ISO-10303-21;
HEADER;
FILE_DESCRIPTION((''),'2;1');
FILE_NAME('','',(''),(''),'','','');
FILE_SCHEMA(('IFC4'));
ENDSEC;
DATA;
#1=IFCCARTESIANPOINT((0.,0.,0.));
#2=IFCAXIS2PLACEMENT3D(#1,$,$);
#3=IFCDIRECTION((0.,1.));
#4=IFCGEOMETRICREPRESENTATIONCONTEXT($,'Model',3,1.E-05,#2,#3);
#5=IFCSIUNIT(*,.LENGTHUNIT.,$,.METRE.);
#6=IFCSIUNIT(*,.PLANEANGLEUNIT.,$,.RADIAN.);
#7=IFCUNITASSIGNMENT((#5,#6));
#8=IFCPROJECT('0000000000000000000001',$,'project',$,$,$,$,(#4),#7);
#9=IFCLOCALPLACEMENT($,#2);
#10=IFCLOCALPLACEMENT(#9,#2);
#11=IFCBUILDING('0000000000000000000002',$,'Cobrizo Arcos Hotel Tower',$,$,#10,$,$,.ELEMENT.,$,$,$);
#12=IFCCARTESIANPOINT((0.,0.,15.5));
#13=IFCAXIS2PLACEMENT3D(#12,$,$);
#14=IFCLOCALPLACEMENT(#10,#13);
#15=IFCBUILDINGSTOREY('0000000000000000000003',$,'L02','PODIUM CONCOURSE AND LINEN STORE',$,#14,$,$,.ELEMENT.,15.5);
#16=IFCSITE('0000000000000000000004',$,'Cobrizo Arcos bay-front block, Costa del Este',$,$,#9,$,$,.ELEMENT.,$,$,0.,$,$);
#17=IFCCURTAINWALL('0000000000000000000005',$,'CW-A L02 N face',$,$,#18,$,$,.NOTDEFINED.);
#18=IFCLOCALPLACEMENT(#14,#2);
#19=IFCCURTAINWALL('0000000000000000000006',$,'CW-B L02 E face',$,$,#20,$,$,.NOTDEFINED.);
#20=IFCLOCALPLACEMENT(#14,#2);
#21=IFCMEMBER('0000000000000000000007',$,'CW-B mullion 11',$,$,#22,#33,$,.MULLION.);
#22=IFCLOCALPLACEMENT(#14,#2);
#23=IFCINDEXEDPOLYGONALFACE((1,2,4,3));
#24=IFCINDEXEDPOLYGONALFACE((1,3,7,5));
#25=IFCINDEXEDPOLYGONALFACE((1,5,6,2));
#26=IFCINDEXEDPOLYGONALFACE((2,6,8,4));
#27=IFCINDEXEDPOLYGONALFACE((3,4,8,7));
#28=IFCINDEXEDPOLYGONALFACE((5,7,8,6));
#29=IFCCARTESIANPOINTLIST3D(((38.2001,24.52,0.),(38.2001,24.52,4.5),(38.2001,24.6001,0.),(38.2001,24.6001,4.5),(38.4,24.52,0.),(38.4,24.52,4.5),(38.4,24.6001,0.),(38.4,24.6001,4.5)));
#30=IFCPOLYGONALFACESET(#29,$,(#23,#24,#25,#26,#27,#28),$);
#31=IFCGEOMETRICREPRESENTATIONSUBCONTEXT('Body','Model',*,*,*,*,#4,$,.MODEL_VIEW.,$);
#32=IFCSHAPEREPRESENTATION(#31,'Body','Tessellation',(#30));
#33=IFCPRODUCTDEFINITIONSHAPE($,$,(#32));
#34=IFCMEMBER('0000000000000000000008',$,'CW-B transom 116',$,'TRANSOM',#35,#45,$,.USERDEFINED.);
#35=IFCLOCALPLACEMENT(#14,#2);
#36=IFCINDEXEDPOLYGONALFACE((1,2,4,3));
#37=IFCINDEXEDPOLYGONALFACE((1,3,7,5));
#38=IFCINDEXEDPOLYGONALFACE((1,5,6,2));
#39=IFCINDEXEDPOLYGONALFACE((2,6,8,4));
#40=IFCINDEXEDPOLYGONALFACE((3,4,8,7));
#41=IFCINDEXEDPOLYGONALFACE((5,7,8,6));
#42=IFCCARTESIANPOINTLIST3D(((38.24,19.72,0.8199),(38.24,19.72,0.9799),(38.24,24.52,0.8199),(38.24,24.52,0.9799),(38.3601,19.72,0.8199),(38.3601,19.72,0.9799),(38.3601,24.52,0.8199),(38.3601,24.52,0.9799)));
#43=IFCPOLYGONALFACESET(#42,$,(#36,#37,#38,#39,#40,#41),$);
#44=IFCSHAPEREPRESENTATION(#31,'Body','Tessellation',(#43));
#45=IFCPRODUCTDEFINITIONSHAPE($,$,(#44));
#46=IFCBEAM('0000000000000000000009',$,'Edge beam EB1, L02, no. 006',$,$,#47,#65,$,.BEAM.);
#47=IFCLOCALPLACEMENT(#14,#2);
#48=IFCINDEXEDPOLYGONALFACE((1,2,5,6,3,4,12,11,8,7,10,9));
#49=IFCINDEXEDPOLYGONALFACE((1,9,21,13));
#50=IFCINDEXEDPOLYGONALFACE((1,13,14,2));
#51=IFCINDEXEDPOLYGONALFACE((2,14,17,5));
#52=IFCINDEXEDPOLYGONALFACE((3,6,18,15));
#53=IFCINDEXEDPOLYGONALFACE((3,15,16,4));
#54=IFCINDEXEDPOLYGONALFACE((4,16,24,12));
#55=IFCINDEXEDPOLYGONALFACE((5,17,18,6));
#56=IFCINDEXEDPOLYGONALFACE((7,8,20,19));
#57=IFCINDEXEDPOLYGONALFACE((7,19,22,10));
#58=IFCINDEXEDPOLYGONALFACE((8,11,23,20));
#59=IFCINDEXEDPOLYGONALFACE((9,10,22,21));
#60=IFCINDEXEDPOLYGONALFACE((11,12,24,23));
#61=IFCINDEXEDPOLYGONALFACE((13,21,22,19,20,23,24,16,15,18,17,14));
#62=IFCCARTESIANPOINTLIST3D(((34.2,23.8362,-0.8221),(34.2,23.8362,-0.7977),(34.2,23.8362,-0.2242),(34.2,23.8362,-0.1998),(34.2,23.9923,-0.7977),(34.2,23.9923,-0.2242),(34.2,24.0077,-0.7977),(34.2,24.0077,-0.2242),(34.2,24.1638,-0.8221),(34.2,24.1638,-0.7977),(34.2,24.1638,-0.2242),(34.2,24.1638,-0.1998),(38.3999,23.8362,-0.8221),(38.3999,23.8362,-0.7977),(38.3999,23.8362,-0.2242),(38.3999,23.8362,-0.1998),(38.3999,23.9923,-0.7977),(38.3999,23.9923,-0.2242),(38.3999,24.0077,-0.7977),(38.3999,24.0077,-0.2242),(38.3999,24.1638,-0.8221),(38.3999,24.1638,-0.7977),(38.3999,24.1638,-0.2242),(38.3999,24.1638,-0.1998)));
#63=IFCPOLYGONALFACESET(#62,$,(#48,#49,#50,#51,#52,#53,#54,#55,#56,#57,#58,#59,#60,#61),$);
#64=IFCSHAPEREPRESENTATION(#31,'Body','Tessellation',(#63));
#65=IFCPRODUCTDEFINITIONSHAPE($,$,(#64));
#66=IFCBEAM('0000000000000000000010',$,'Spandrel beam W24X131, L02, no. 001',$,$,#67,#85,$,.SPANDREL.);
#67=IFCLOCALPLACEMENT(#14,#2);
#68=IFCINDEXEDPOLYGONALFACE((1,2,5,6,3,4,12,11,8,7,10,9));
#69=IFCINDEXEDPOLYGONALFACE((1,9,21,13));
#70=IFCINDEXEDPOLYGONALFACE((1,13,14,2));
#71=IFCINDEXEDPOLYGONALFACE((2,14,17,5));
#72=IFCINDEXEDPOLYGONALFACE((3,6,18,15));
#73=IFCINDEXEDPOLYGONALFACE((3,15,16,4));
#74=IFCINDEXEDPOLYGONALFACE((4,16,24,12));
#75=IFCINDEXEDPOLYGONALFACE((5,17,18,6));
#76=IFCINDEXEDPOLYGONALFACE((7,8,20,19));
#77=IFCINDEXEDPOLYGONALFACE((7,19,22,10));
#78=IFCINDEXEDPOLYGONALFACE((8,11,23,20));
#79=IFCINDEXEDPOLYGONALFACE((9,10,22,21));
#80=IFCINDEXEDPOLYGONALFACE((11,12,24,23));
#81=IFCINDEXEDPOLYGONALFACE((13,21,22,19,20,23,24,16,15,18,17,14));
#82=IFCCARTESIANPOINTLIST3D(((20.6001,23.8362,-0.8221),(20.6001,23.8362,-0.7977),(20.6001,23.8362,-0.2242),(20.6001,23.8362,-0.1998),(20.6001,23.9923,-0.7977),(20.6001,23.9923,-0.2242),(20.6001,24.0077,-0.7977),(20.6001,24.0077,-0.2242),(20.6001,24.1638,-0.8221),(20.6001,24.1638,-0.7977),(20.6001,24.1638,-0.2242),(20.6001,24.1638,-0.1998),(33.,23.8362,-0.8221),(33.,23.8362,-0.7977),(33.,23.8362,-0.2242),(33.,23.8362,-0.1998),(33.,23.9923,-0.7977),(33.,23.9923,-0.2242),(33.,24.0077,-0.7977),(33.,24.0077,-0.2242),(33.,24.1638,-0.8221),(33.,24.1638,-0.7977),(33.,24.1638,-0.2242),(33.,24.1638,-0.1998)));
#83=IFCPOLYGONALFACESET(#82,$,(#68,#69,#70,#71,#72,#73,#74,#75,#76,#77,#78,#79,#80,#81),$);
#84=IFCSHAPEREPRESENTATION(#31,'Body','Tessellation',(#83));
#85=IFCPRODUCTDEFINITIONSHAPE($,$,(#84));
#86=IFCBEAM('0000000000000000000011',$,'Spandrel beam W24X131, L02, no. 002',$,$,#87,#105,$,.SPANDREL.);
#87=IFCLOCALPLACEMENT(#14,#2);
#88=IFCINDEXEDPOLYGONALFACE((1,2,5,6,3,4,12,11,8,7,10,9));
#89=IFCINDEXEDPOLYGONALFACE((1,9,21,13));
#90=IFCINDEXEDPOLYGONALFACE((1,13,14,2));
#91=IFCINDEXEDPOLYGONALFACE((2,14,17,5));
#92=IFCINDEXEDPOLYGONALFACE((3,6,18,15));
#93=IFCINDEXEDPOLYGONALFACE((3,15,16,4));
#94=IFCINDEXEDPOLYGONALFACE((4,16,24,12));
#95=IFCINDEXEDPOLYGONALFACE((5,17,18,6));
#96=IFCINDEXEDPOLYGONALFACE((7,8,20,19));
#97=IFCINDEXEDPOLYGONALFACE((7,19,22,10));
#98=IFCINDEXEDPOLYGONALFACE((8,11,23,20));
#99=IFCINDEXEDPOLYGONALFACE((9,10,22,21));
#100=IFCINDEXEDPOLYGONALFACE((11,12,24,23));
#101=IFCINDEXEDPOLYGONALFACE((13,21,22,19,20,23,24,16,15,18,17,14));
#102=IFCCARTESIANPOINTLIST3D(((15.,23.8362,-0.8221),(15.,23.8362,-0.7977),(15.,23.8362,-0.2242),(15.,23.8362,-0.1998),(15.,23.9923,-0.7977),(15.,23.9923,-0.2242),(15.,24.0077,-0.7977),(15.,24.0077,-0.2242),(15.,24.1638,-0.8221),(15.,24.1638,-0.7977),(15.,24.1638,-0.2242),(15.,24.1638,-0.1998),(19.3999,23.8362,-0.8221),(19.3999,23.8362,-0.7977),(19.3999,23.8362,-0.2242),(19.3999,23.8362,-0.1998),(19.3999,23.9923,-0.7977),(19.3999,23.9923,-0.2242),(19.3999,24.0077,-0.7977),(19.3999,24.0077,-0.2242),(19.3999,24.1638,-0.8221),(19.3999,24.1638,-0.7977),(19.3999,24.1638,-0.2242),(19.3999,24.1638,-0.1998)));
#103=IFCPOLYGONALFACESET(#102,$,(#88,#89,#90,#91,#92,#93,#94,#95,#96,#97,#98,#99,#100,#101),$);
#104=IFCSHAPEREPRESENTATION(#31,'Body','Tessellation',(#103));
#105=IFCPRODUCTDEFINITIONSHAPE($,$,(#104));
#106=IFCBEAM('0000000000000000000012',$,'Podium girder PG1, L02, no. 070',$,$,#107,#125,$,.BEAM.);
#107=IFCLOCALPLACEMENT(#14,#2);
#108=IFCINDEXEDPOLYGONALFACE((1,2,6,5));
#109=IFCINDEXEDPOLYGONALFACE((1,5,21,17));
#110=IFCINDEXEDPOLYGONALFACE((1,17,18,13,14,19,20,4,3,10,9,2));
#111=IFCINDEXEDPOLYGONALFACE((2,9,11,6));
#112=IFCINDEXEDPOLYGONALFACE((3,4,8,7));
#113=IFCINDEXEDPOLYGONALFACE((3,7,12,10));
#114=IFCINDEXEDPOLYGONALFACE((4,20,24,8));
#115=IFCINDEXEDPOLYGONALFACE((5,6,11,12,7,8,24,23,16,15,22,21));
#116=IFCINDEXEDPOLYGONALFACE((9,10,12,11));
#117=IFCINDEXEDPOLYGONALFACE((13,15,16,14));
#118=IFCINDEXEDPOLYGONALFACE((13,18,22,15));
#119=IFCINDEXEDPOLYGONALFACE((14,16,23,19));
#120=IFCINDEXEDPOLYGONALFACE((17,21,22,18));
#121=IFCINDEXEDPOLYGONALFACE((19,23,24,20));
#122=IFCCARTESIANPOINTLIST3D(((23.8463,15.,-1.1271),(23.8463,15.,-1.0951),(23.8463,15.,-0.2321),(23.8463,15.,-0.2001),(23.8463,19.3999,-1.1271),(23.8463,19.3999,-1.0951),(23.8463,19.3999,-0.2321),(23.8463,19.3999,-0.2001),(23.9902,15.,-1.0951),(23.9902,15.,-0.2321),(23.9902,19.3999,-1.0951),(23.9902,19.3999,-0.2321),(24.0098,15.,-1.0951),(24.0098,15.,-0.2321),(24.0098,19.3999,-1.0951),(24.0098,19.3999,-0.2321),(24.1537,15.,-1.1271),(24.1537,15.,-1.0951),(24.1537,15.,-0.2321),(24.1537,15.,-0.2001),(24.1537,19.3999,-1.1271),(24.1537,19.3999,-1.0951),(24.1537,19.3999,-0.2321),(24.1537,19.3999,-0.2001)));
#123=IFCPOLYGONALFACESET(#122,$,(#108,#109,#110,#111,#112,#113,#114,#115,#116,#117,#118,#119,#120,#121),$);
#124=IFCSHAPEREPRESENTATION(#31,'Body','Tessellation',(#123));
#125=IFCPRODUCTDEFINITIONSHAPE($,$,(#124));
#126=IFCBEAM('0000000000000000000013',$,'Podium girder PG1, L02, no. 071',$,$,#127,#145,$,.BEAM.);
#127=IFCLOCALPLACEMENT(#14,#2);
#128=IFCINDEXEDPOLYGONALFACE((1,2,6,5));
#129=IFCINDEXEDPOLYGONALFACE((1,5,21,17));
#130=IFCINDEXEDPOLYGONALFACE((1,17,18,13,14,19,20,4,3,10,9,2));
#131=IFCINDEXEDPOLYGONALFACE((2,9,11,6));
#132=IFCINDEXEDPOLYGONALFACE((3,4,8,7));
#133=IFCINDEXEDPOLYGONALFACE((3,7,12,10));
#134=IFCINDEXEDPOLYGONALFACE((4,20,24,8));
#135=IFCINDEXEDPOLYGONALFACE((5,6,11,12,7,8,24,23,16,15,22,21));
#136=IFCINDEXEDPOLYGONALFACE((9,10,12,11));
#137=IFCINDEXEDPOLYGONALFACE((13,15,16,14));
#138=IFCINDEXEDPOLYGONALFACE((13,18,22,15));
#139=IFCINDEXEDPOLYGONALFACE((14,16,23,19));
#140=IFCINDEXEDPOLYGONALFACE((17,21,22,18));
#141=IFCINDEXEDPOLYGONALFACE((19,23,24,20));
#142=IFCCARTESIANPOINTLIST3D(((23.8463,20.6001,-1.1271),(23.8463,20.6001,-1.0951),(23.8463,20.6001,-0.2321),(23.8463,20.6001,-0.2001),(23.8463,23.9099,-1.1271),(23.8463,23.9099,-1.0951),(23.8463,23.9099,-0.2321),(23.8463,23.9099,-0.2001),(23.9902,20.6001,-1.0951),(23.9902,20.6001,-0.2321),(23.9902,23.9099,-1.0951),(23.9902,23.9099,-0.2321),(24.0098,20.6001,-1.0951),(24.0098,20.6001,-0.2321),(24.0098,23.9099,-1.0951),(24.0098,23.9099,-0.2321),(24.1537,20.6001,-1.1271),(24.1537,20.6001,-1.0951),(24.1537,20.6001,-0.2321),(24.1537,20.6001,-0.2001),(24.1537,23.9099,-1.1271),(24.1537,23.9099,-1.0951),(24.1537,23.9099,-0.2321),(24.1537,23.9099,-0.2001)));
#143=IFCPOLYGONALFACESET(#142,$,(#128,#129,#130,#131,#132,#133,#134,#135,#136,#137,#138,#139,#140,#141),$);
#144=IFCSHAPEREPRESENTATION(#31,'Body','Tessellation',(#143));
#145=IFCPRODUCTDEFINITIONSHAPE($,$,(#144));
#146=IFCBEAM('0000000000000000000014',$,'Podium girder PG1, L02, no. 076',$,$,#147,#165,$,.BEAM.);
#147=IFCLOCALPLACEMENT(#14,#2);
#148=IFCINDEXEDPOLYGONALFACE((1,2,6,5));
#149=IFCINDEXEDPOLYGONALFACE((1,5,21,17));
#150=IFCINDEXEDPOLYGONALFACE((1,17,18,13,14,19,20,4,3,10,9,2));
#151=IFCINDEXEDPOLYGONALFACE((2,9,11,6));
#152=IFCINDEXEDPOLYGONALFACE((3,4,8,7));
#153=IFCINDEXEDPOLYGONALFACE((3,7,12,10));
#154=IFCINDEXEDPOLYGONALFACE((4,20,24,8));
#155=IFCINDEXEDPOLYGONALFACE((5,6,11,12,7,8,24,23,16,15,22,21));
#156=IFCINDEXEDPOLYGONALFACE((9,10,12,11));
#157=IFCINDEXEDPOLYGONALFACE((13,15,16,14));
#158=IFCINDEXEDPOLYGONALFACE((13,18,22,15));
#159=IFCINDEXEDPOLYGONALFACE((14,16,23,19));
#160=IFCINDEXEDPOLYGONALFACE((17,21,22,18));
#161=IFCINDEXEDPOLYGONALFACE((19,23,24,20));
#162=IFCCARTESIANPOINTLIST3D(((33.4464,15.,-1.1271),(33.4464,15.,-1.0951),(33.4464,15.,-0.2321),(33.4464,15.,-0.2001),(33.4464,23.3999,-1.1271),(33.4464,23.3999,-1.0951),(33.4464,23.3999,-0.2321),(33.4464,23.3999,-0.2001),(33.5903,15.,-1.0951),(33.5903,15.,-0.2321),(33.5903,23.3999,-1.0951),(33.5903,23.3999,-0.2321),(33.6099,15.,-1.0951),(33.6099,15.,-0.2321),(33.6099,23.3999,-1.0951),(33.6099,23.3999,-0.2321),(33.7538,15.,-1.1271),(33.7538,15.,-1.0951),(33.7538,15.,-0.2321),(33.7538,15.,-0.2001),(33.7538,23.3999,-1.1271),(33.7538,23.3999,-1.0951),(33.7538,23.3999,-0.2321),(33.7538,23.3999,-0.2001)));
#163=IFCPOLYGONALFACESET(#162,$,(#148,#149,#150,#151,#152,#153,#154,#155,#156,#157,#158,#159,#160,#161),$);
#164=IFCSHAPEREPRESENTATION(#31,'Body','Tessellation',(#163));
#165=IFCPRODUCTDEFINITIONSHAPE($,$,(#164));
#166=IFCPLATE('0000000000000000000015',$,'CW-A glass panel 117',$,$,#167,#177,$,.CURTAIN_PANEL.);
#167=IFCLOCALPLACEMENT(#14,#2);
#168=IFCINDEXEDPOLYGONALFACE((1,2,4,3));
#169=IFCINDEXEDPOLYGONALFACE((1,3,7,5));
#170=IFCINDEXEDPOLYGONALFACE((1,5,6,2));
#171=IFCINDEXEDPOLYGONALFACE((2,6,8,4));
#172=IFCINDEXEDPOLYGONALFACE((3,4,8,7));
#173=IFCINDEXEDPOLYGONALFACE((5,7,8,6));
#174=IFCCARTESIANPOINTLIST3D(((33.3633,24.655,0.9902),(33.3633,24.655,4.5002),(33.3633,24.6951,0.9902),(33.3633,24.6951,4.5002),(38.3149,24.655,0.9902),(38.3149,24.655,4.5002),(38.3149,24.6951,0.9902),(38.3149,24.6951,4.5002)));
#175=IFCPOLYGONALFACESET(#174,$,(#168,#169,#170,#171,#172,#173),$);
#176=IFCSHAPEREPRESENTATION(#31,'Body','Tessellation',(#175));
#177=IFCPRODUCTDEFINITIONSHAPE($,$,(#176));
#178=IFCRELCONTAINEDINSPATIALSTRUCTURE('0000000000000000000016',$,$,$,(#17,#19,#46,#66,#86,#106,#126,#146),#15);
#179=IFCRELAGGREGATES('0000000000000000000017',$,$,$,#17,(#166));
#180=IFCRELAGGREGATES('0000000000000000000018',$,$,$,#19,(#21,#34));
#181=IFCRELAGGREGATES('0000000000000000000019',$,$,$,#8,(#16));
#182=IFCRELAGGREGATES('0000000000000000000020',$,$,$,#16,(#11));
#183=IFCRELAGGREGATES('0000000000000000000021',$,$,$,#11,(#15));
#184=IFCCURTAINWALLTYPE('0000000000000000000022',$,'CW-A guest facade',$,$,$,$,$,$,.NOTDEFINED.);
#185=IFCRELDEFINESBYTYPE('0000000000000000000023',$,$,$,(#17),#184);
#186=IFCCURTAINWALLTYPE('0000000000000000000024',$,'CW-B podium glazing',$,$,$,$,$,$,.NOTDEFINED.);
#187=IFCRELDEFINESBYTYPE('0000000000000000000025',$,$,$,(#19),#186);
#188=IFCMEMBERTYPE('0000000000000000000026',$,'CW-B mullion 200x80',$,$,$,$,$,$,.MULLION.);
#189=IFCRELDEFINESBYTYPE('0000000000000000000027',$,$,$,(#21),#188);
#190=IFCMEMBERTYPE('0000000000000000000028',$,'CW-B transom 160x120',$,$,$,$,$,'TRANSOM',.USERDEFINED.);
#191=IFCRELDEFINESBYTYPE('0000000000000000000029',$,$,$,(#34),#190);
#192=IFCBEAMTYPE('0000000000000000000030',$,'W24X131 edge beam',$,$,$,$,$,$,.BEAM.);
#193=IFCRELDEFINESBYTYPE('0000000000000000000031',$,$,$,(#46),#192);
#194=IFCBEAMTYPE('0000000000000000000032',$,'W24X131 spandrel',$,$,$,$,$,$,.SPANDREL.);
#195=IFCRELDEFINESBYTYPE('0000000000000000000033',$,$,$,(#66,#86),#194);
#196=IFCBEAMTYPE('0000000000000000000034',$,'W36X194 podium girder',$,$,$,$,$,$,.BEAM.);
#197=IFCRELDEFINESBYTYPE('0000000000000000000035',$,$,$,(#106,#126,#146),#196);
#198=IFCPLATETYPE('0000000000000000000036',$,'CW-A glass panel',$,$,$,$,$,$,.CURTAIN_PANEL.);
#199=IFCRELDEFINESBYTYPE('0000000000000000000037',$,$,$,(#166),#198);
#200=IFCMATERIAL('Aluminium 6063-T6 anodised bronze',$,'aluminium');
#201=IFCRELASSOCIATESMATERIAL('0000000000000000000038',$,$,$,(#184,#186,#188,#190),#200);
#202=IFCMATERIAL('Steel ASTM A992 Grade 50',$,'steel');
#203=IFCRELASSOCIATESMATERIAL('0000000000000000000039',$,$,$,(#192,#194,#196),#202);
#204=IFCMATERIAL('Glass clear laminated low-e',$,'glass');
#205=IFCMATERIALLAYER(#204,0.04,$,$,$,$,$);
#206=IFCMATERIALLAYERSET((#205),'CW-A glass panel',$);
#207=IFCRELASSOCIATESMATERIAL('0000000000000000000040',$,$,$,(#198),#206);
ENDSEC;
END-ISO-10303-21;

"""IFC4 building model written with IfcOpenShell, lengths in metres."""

from ifc_helpers import new_model, si_unit, direction, frame, origin, origin_2d, place, context, subcontext, project, spatial, rectangle, i_section, extrude, material, layer, layer_set, material_profile, profile_set, type_object, element, aggregate, save


model = new_model("IFC4")

# Units and contexts
model_context = context("Model", 3, precision=1e-05, world=origin(), true_north=direction((0.0, 1.0)))
body_context = subcontext(model_context, "Body", "Model", "MODEL_VIEW")
ifc_project = project(units=[si_unit("LENGTHUNIT", "METRE"), si_unit("PLANEANGLEUNIT", "RADIAN")], contexts=[model_context])

# Site, building, storey
site_placement = place(None, origin())
site = spatial("IfcSite", under=ifc_project, at=site_placement, Name="Cobrizo Arcos bay-front block, Costa del Este", CompositionType="ELEMENT", RefElevation=0.0)
building_placement = place(site_placement, origin())
building = spatial("IfcBuilding", under=site, at=building_placement, Name="Cobrizo Arcos Hotel Tower", CompositionType="ELEMENT")
storey_placement = place(building_placement, frame((0.0, 0.0, 15.5)))
storey = spatial("IfcBuildingStorey", under=building, at=storey_placement, Name="L02", Description="PODIUM CONCOURSE AND LINEN STORE", CompositionType="ELEMENT", Elevation=15.5)

# Curtain walls, members
ifc_material_1 = material(Name="Aluminium 6063-T6 anodised bronze", Category="aluminium")
curtain_wall_type_1 = type_object("IfcCurtainWallType", Name="CW-A guest facade", PredefinedType="NOTDEFINED", material=ifc_material_1)
curtain_wall_1_placement = place(storey_placement, origin())
curtain_wall_1 = element("IfcCurtainWall", 1, at=curtain_wall_1_placement, inside=storey, type_object=curtain_wall_type_1, Name="CW-A L02 N face", PredefinedType="NOTDEFINED")
curtain_wall_type_2 = type_object("IfcCurtainWallType", Name="CW-B podium glazing", PredefinedType="NOTDEFINED", material=ifc_material_1)
curtain_wall_2_placement = place(storey_placement, origin())
curtain_wall_2 = element("IfcCurtainWall", 2, at=curtain_wall_2_placement, inside=storey, type_object=curtain_wall_type_2, Name="CW-B L02 E face", PredefinedType="NOTDEFINED")
ifc_material_profile_1 = material_profile(ifc_material_1, rectangle(XDim=0.2, YDim=0.0801, at=origin_2d()), Name="CW-B mullion 200x80")
ifc_profile_set_1 = profile_set([ifc_material_profile_1], Name="Aluminium 6063-T6 anodised bronze")
member_type_1 = type_object("IfcMemberType", Name="CW-B mullion 200x80", PredefinedType="MULLION", material=ifc_profile_set_1)
member_1_placement = place(storey_placement, frame((38.3, 24.5601, 0.0), z_axis=(0.0, 0.0, 1.0), x_axis=(1.0, 0.0, 0.0)))
member_1 = element("IfcMember", 3, at=member_1_placement, type_object=member_type_1, Name="CW-B mullion 11", PredefinedType="MULLION", context=body_context, shape_type="SweptSolid", body=[
    extrude(rectangle(XDim=0.2, YDim=0.0801, at=origin_2d()), origin(), (0.0, 0.0, 1.0), 4.5),
])
ifc_material_profile_2 = material_profile(ifc_material_1, rectangle(XDim=0.1201, YDim=0.1599, at=origin_2d()), Name="CW-B transom 160x120")
ifc_profile_set_2 = profile_set([ifc_material_profile_2], Name="Aluminium 6063-T6 anodised bronze")
member_type_2 = type_object("IfcMemberType", Name="CW-B transom 160x120", ElementType="TRANSOM", PredefinedType="USERDEFINED", material=ifc_profile_set_2)
member_2_placement = place(storey_placement, frame((38.3, 19.72, 0.8999), z_axis=(0.0, 1.0, 0.0), x_axis=(-1.0, 0.0, 0.0)))
member_2 = element("IfcMember", 4, at=member_2_placement, type_object=member_type_2, Name="CW-B transom 116", ObjectType="TRANSOM", PredefinedType="USERDEFINED", context=body_context, shape_type="SweptSolid", body=[
    extrude(rectangle(XDim=0.1201, YDim=0.1599, at=origin_2d()), origin(), (0.0, 0.0, 1.0), 4.8),
])

# Beams
ifc_material_2 = material(Name="Steel ASTM A992 Grade 50", Category="steel")
ifc_material_profile_3 = material_profile(ifc_material_2, i_section(OverallWidth=0.3276, OverallDepth=0.6223, WebThickness=0.0154, FlangeThickness=0.0244, at=origin_2d()), Name="W24X131")
ifc_profile_set_3 = profile_set([ifc_material_profile_3], Name="Steel ASTM A992 Grade 50")
beam_type_1 = type_object("IfcBeamType", Name="W24X131 edge beam", PredefinedType="BEAM", material=ifc_profile_set_3)
beam_1_placement = place(storey_placement, frame((38.3999, 24.0, -0.511), z_axis=(-1.0, 0.0, 0.0), x_axis=(0.0, -1.0, 0.0)))
element("IfcBeam", 5, at=beam_1_placement, inside=storey, type_object=beam_type_1, Name="Edge beam EB1, L02, no. 006", PredefinedType="BEAM", context=body_context, shape_type="SweptSolid", body=[
    extrude(i_section(OverallWidth=0.3276, OverallDepth=0.6223, WebThickness=0.0154, FlangeThickness=0.0244, at=origin_2d()), origin(), (0.0, 0.0, 1.0), 4.2),
])
ifc_material_profile_4 = material_profile(ifc_material_2, i_section(OverallWidth=0.3276, OverallDepth=0.6223, WebThickness=0.0154, FlangeThickness=0.0244, at=origin_2d()), Name="W24X131")
ifc_profile_set_4 = profile_set([ifc_material_profile_4], Name="Steel ASTM A992 Grade 50")
beam_type_2 = type_object("IfcBeamType", Name="W24X131 spandrel", PredefinedType="SPANDREL", material=ifc_profile_set_4)
beam_2_placement = place(storey_placement, frame((33.0, 24.0, -0.511), z_axis=(-1.0, 0.0, 0.0), x_axis=(0.0, -1.0, 0.0)))
element("IfcBeam", 6, at=beam_2_placement, inside=storey, type_object=beam_type_2, Name="Spandrel beam W24X131, L02, no. 001", PredefinedType="SPANDREL", context=body_context, shape_type="SweptSolid", body=[
    extrude(i_section(OverallWidth=0.3276, OverallDepth=0.6223, WebThickness=0.0154, FlangeThickness=0.0244, at=origin_2d()), origin(), (0.0, 0.0, 1.0), 12.3999),
])
beam_3_placement = place(storey_placement, frame((19.3999, 24.0, -0.511), z_axis=(-1.0, 0.0, 0.0), x_axis=(0.0, -1.0, 0.0)))
element("IfcBeam", 7, at=beam_3_placement, inside=storey, type_object=beam_type_2, Name="Spandrel beam W24X131, L02, no. 002", PredefinedType="SPANDREL", context=body_context, shape_type="SweptSolid", body=[
    extrude(i_section(OverallWidth=0.3276, OverallDepth=0.6223, WebThickness=0.0154, FlangeThickness=0.0244, at=origin_2d()), origin(), (0.0, 0.0, 1.0), 4.3999),
])
ifc_material_profile_5 = material_profile(ifc_material_2, i_section(OverallWidth=0.3074, OverallDepth=0.927, WebThickness=0.0195, FlangeThickness=0.032, at=origin_2d()), Name="W36X194")
ifc_profile_set_5 = profile_set([ifc_material_profile_5], Name="Steel ASTM A992 Grade 50")
beam_type_3 = type_object("IfcBeamType", Name="W36X194 podium girder", PredefinedType="BEAM", material=ifc_profile_set_5)
beam_4_placement = place(storey_placement, frame((24.0, 15.0, -0.6636), z_axis=(0.0, 1.0, 0.0), x_axis=(-1.0, 0.0, 0.0)))
element("IfcBeam", 8, at=beam_4_placement, inside=storey, type_object=beam_type_3, Name="Podium girder PG1, L02, no. 070", PredefinedType="BEAM", context=body_context, shape_type="SweptSolid", body=[
    extrude(i_section(OverallWidth=0.3074, OverallDepth=0.927, WebThickness=0.0195, FlangeThickness=0.032, at=origin_2d()), origin(), (0.0, 0.0, 1.0), 4.3999),
])
beam_5_placement = place(storey_placement, frame((24.0, 20.6001, -0.6636), z_axis=(0.0, 1.0, 0.0), x_axis=(-1.0, 0.0, 0.0)))
element("IfcBeam", 9, at=beam_5_placement, inside=storey, type_object=beam_type_3, Name="Podium girder PG1, L02, no. 071", PredefinedType="BEAM", context=body_context, shape_type="SweptSolid", body=[
    extrude(i_section(OverallWidth=0.3074, OverallDepth=0.927, WebThickness=0.0195, FlangeThickness=0.032, at=origin_2d()), origin(), (0.0, 0.0, 1.0), 3.3098),
])
beam_6_placement = place(storey_placement, frame((33.6001, 15.0, -0.6636), z_axis=(0.0, 1.0, 0.0), x_axis=(-1.0, 0.0, 0.0)))
element("IfcBeam", 10, at=beam_6_placement, inside=storey, type_object=beam_type_3, Name="Podium girder PG1, L02, no. 076", PredefinedType="BEAM", context=body_context, shape_type="SweptSolid", body=[
    extrude(i_section(OverallWidth=0.3074, OverallDepth=0.927, WebThickness=0.0195, FlangeThickness=0.032, at=origin_2d()), origin(), (0.0, 0.0, 1.0), 8.3999),
])

# Plate
ifc_material_3 = material(Name="Glass clear laminated low-e", Category="glass")
ifc_layer_1 = layer(ifc_material_3, 0.04)
ifc_layer_set_1 = layer_set([ifc_layer_1], Name="CW-A glass panel")
plate_type_1 = type_object("IfcPlateType", Name="CW-A glass panel", PredefinedType="CURTAIN_PANEL", material=ifc_layer_set_1)
plate_1_placement = place(storey_placement, frame((35.8391, 24.675, 0.9902), z_axis=(0.0, 0.0, 1.0), x_axis=(-1.0, 0.0, 0.0)))
plate_1 = element("IfcPlate", 11, at=plate_1_placement, type_object=plate_type_1, Name="CW-A glass panel 117", PredefinedType="CURTAIN_PANEL", context=body_context, shape_type="SweptSolid", body=[
    extrude(rectangle(XDim=4.9517, YDim=0.04, at=origin_2d()), origin(), (0.0, 0.0, 1.0), 3.51),
])
aggregate(curtain_wall_1, [plate_1])
aggregate(curtain_wall_2, [member_1, member_2])

save(model, "model.ifc")
